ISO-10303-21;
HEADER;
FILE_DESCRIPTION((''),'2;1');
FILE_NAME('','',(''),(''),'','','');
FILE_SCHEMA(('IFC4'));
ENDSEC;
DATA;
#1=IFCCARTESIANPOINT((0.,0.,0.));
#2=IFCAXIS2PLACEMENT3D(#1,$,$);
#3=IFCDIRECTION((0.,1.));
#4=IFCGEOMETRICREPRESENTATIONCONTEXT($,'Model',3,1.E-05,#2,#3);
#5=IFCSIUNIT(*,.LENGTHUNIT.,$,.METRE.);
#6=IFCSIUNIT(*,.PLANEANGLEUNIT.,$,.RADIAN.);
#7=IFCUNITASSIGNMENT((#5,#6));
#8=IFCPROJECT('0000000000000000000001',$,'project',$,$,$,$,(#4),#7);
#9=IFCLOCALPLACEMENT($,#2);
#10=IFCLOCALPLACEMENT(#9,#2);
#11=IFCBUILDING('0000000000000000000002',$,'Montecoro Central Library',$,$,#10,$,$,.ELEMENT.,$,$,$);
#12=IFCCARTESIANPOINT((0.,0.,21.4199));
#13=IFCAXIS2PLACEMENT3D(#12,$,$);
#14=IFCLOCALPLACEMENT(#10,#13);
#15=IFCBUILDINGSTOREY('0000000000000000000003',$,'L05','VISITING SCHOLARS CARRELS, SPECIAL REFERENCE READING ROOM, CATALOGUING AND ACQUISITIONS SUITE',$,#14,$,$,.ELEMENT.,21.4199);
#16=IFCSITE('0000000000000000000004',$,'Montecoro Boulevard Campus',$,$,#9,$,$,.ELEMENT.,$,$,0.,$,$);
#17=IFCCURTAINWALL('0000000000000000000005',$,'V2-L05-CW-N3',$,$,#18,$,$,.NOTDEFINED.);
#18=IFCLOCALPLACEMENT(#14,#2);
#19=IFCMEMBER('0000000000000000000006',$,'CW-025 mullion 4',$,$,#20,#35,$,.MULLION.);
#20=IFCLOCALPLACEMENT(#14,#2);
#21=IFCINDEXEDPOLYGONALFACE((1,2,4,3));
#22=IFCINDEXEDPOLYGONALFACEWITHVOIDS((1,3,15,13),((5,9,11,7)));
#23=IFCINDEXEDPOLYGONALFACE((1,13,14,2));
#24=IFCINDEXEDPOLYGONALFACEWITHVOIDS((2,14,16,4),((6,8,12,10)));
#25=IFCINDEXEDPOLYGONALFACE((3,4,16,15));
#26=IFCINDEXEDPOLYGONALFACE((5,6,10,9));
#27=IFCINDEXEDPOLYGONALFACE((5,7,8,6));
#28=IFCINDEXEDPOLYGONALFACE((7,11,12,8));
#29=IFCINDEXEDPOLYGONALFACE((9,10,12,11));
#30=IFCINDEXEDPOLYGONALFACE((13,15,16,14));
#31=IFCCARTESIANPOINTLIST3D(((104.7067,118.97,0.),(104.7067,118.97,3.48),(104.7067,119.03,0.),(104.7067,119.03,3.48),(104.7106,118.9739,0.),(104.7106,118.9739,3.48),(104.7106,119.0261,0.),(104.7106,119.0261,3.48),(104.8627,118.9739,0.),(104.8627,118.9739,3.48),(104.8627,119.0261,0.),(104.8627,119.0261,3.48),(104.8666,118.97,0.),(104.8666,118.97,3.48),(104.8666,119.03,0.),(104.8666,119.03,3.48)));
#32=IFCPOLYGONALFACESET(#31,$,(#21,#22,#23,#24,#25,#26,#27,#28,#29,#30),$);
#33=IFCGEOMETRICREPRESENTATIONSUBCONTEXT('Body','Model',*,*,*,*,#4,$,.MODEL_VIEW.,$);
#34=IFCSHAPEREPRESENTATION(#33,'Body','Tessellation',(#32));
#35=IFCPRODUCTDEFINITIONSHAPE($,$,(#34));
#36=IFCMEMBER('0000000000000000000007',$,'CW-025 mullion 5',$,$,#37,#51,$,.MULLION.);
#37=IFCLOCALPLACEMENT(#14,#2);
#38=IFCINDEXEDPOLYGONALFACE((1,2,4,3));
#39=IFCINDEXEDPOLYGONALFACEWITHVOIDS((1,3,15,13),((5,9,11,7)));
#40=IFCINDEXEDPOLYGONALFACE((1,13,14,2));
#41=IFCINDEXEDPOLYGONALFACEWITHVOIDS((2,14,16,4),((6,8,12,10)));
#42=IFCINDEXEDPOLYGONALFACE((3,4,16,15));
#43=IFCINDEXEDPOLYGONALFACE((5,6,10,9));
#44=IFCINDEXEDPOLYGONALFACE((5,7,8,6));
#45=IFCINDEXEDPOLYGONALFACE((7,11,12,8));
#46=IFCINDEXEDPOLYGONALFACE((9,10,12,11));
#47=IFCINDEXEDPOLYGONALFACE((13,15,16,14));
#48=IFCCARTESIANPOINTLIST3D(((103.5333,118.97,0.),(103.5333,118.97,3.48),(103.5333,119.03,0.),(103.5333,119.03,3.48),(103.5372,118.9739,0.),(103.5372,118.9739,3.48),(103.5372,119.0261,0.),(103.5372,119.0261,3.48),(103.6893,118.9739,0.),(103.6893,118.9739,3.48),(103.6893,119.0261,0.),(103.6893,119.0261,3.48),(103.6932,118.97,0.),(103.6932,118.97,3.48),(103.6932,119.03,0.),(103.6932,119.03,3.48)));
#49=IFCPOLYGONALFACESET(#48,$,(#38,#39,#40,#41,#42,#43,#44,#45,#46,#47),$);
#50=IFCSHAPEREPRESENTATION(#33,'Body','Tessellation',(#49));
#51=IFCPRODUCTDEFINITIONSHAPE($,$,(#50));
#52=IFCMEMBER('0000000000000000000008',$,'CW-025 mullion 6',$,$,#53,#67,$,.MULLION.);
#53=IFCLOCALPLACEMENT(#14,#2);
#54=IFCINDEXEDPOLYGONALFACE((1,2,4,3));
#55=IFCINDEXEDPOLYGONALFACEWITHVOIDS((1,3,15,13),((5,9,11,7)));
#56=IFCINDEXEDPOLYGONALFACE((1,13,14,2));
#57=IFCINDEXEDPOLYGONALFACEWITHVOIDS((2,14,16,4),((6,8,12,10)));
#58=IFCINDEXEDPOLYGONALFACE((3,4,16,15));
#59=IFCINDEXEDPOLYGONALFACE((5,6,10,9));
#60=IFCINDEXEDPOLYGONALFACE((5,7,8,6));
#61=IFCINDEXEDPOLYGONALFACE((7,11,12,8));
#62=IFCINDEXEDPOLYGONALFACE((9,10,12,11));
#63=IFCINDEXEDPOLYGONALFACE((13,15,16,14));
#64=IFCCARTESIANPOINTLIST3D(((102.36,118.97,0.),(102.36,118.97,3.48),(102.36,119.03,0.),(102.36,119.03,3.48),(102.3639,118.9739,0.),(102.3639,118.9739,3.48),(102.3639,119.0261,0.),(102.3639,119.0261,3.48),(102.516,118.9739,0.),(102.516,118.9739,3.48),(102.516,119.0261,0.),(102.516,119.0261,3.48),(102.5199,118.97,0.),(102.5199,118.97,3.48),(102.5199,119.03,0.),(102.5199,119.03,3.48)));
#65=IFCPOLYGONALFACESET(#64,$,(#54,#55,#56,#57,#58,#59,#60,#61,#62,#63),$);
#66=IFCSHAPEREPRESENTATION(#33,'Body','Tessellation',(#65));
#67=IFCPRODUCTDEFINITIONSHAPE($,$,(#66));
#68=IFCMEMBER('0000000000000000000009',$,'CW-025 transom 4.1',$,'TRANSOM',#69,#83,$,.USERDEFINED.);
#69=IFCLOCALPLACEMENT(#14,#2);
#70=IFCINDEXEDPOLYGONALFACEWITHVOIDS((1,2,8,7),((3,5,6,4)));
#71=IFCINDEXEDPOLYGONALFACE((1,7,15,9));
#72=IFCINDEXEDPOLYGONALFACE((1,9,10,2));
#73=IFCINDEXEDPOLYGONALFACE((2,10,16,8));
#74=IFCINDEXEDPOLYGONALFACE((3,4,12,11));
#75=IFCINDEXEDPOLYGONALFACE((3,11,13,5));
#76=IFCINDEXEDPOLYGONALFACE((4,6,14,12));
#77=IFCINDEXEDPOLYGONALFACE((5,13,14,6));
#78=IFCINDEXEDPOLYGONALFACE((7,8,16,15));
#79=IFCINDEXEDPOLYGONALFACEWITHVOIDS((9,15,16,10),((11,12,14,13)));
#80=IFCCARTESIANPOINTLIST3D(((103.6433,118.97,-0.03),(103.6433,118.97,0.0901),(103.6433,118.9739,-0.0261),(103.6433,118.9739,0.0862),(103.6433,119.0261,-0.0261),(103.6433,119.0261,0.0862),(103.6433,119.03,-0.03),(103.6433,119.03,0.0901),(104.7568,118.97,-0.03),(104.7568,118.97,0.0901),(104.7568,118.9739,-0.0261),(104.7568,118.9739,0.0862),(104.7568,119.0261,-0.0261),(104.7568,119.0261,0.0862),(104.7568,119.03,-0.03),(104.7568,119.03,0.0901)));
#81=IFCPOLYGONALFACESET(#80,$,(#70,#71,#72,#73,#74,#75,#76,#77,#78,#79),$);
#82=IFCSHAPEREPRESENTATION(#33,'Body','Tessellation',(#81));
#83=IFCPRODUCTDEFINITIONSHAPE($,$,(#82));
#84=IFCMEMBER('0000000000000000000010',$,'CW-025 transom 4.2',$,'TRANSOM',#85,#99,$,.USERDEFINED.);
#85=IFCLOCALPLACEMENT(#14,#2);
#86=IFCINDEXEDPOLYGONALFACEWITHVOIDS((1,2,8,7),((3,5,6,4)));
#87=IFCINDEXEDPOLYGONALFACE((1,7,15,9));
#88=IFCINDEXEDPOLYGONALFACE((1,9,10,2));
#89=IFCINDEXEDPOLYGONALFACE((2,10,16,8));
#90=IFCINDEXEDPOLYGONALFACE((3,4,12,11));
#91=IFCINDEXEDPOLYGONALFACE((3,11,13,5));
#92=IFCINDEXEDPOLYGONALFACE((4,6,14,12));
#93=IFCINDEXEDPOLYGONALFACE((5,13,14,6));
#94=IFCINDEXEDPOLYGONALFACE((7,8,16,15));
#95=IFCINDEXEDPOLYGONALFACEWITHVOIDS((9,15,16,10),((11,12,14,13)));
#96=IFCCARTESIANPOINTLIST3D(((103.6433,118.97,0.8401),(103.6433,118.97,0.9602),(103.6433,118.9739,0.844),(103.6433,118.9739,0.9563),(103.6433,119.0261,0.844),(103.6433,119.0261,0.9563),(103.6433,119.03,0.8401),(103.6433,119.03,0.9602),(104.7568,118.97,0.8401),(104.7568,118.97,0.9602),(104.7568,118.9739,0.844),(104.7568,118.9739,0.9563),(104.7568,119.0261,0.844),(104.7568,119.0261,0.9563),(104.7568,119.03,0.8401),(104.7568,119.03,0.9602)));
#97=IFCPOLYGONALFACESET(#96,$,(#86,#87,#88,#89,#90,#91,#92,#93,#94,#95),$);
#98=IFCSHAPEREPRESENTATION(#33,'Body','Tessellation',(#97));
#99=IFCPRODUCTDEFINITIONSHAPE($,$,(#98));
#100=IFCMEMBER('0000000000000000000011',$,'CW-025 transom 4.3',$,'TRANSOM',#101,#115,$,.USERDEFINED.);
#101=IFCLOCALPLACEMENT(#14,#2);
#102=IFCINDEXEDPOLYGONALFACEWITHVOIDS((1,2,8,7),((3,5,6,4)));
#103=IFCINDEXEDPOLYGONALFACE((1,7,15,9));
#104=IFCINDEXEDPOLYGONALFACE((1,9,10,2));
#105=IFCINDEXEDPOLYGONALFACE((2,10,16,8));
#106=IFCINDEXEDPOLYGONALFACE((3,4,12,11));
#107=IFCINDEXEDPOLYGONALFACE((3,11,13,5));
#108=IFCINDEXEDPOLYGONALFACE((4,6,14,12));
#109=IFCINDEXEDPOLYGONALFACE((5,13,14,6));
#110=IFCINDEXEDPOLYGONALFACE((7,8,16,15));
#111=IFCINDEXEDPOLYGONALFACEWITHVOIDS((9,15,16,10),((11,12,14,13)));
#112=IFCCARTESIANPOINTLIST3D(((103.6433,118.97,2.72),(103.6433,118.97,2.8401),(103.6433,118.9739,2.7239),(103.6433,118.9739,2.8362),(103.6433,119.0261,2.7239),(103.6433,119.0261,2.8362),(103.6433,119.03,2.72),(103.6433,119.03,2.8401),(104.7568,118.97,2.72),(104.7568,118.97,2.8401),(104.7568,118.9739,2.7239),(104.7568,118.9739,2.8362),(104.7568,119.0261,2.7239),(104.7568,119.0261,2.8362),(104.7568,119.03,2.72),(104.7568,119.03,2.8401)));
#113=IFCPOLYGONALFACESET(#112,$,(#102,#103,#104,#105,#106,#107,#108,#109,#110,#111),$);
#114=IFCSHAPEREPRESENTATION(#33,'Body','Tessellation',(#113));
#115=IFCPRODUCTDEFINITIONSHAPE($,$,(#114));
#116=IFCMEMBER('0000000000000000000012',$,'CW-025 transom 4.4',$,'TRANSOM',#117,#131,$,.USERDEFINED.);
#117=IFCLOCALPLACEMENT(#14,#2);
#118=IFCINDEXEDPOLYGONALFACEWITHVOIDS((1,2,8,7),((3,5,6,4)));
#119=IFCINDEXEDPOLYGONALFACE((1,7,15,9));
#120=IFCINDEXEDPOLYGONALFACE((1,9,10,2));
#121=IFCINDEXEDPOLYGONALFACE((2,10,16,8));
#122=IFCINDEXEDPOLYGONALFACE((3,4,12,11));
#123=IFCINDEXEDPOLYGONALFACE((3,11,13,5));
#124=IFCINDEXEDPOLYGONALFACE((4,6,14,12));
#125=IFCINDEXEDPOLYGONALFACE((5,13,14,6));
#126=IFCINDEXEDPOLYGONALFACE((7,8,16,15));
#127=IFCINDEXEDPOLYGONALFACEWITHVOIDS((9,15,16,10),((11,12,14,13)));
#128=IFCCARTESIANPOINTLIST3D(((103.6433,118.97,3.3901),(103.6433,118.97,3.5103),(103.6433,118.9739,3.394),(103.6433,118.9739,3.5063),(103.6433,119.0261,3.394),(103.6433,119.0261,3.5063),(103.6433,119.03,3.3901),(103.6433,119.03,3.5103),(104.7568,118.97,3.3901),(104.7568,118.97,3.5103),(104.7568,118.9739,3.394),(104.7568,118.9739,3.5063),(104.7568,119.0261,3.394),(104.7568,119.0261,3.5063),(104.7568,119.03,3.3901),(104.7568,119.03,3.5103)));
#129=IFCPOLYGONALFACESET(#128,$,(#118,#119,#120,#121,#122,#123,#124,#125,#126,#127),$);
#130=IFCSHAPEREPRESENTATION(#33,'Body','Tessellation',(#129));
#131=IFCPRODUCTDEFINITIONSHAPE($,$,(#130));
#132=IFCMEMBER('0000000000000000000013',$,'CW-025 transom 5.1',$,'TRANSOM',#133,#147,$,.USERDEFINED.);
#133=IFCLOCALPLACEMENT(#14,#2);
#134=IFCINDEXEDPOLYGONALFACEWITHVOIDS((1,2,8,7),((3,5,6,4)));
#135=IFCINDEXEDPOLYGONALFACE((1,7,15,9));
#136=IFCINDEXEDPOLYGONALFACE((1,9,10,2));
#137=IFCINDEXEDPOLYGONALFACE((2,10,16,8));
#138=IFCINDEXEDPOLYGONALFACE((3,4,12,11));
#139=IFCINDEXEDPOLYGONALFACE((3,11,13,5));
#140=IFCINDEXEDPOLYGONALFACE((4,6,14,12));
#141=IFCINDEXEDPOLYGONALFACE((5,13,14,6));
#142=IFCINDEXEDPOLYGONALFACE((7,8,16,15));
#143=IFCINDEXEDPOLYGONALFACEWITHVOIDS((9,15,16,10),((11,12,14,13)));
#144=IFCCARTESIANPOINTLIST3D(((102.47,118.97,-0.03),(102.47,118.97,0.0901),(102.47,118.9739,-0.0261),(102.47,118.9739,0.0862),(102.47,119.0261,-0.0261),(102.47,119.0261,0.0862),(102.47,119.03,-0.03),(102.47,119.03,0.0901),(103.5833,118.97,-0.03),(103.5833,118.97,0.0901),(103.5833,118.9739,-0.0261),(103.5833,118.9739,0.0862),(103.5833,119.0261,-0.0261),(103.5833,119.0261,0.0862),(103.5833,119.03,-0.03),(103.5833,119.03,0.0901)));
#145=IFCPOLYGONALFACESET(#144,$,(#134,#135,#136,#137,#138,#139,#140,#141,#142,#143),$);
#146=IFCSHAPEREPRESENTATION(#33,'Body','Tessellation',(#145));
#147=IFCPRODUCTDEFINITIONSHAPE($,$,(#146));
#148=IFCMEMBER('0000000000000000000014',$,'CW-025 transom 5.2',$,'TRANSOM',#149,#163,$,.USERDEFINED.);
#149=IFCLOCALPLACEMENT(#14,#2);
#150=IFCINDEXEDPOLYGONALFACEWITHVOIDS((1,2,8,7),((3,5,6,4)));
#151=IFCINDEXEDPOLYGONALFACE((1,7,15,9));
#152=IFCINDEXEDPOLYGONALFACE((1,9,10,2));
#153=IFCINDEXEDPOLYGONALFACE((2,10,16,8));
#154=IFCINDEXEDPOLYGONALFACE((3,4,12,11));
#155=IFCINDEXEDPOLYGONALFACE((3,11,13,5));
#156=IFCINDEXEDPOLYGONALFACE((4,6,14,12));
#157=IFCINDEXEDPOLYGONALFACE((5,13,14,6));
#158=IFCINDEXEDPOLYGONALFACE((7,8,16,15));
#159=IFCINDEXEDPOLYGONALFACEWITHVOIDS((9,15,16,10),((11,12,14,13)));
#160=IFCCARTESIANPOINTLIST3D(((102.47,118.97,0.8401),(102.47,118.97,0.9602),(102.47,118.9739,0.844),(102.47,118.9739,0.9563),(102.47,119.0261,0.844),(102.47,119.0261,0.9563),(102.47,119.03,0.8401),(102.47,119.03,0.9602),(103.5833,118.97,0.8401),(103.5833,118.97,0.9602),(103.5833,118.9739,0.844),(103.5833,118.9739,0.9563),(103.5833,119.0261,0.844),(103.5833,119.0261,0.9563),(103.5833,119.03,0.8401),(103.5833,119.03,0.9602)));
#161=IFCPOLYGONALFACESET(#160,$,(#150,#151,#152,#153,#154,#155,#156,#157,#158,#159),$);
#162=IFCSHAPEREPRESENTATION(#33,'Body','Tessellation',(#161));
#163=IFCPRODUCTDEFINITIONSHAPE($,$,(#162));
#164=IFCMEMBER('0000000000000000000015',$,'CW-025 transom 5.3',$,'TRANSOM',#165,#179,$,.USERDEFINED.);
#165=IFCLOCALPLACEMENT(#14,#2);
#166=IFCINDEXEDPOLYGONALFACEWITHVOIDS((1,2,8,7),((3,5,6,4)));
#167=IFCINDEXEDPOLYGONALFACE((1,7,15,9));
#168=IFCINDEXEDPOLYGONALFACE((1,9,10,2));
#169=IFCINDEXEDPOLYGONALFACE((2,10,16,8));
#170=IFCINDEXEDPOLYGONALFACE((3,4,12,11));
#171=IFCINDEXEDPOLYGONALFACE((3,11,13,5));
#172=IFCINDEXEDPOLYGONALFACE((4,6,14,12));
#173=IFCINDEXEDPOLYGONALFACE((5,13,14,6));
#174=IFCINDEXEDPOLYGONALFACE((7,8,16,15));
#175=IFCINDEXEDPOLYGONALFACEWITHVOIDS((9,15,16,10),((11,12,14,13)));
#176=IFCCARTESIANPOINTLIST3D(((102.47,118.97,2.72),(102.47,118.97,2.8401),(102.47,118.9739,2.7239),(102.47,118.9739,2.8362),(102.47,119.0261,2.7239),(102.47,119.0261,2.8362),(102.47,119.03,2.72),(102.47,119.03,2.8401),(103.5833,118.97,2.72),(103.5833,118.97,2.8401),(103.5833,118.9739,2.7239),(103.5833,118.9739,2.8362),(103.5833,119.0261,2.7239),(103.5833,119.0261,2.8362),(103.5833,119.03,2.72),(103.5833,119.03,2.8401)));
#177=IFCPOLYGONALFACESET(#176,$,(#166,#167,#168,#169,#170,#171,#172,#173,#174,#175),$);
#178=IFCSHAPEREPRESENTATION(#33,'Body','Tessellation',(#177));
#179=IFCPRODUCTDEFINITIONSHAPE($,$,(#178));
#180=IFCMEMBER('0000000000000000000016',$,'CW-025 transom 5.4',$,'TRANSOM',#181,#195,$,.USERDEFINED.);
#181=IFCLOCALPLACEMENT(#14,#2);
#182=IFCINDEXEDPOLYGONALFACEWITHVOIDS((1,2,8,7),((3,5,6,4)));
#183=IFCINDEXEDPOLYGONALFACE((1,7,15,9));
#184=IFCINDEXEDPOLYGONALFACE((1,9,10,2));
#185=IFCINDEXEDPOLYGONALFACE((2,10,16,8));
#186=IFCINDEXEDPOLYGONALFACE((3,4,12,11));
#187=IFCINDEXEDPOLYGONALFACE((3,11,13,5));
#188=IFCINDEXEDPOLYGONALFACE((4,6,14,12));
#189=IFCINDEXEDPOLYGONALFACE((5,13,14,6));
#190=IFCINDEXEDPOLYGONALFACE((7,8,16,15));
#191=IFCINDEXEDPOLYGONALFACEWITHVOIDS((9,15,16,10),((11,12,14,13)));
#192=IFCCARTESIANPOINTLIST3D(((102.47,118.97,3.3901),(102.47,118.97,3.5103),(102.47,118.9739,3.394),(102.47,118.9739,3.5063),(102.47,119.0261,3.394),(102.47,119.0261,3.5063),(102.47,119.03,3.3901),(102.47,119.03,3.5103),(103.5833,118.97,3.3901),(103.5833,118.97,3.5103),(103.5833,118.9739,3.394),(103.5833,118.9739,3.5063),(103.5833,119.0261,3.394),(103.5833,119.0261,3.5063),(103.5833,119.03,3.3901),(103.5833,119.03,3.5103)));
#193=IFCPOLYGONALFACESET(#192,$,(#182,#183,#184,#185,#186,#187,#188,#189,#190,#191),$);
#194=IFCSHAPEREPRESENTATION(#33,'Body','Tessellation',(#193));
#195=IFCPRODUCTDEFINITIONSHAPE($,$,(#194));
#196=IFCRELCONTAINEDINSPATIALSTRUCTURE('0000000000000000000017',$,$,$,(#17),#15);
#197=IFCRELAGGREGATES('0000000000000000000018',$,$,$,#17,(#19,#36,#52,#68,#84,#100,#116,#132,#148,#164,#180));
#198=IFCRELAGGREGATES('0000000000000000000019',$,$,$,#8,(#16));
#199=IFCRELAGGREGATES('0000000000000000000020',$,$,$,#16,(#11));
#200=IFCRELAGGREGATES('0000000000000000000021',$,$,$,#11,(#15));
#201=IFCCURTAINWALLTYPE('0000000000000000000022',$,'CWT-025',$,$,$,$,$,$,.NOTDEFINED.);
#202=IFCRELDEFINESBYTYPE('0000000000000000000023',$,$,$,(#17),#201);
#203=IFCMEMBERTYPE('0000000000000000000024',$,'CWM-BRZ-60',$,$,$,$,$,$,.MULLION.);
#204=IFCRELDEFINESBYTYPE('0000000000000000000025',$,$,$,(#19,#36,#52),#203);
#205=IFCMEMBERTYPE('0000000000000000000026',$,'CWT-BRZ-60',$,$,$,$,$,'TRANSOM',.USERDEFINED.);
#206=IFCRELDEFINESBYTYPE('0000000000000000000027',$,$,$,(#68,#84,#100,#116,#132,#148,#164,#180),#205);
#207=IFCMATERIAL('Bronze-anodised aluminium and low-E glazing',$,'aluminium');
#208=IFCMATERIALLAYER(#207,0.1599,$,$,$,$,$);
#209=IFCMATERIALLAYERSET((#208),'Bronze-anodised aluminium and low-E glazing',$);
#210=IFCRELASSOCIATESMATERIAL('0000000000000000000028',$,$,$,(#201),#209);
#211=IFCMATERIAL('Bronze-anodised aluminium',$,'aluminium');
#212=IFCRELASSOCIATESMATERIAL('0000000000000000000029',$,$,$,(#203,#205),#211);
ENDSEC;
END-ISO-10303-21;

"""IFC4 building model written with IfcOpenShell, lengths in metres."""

from ifc_helpers import new_model, si_unit, direction, frame, origin, origin_2d, place, context, subcontext, project, spatial, hollow_rectangle, extrude, material, layer, layer_set, material_profile, profile_set, type_object, element, aggregate, save


model = new_model("IFC4")

# Units and contexts
model_context = context("Model", 3, precision=1e-05, world=origin(), true_north=direction((0.0, 1.0)))
body_context = subcontext(model_context, "Body", "Model", "MODEL_VIEW")
ifc_project = project(units=[si_unit("LENGTHUNIT", "METRE"), si_unit("PLANEANGLEUNIT", "RADIAN")], contexts=[model_context])

# Site, building, storey
site_placement = place(None, origin())
site = spatial("IfcSite", under=ifc_project, at=site_placement, Name="Montecoro Boulevard Campus", CompositionType="ELEMENT", RefElevation=0.0)
building_placement = place(site_placement, origin())
building = spatial("IfcBuilding", under=site, at=building_placement, Name="Montecoro Central Library", CompositionType="ELEMENT")
storey_placement = place(building_placement, frame((0.0, 0.0, 21.4199)))
storey = spatial("IfcBuildingStorey", under=building, at=storey_placement, Name="L05", Description="VISITING SCHOLARS CARRELS, SPECIAL REFERENCE READING ROOM, CATALOGUING AND ACQUISITIONS SUITE", CompositionType="ELEMENT", Elevation=21.4199)

# Curtain wall, members
ifc_material_1 = material(Name="Bronze-anodised aluminium and low-E glazing", Category="aluminium")
ifc_layer_1 = layer(ifc_material_1, 0.1599)
ifc_layer_set_1 = layer_set([ifc_layer_1], Name="Bronze-anodised aluminium and low-E glazing")
curtain_wall_type = type_object("IfcCurtainWallType", Name="CWT-025", PredefinedType="NOTDEFINED", material=ifc_layer_set_1)
curtain_wall_placement = place(storey_placement, origin())
curtain_wall = element("IfcCurtainWall", 1, at=curtain_wall_placement, inside=storey, type_object=curtain_wall_type, Name="V2-L05-CW-N3", PredefinedType="NOTDEFINED")
ifc_material_2 = material(Name="Bronze-anodised aluminium", Category="aluminium")
ifc_material_profile_1 = material_profile(ifc_material_2, hollow_rectangle(XDim=0.0601, YDim=0.1599, WallThickness=0.0039, at=origin_2d()), Name="CWM 160x60x4.0")
ifc_profile_set_1 = profile_set([ifc_material_profile_1], Name="Bronze-anodised aluminium")
member_type_1 = type_object("IfcMemberType", Name="CWM-BRZ-60", PredefinedType="MULLION", material=ifc_profile_set_1)
member_1_placement = place(storey_placement, frame((104.7866, 119.0, 0.0), z_axis=(0.0, 0.0, 1.0), x_axis=(0.0, -1.0, 0.0)))
member_1 = element("IfcMember", 2, at=member_1_placement, type_object=member_type_1, Name="CW-025 mullion 4", PredefinedType="MULLION", context=body_context, shape_type="SweptSolid", body=[
    extrude(hollow_rectangle(XDim=0.0601, YDim=0.1599, WallThickness=0.0039, at=origin_2d()), origin(), (0.0, 0.0, 1.0), 3.48),
])
member_2_placement = place(storey_placement, frame((103.6133, 119.0, 0.0), z_axis=(0.0, 0.0, 1.0), x_axis=(0.0, -1.0, 0.0)))
member_2 = element("IfcMember", 3, at=member_2_placement, type_object=member_type_1, Name="CW-025 mullion 5", PredefinedType="MULLION", context=body_context, shape_type="SweptSolid", body=[
    extrude(hollow_rectangle(XDim=0.0601, YDim=0.1599, WallThickness=0.0039, at=origin_2d()), origin(), (0.0, 0.0, 1.0), 3.48),
])
member_3_placement = place(storey_placement, frame((102.4399, 119.0, 0.0), z_axis=(0.0, 0.0, 1.0), x_axis=(0.0, -1.0, 0.0)))
member_3 = element("IfcMember", 4, at=member_3_placement, type_object=member_type_1, Name="CW-025 mullion 6", PredefinedType="MULLION", context=body_context, shape_type="SweptSolid", body=[
    extrude(hollow_rectangle(XDim=0.0601, YDim=0.1599, WallThickness=0.0039, at=origin_2d()), origin(), (0.0, 0.0, 1.0), 3.48),
])
ifc_material_profile_2 = material_profile(ifc_material_2, hollow_rectangle(XDim=0.0601, YDim=0.1201, WallThickness=0.0039, at=origin_2d()), Name="CWT 120x60x4.0")
ifc_profile_set_2 = profile_set([ifc_material_profile_2], Name="Bronze-anodised aluminium")
member_type_2 = type_object("IfcMemberType", Name="CWT-BRZ-60", ElementType="TRANSOM", PredefinedType="USERDEFINED", material=ifc_profile_set_2)
member_4_placement = place(storey_placement, frame((104.7568, 119.0, 0.03), z_axis=(-1.0, 0.0, 0.0), x_axis=(0.0, -1.0, 0.0)))
member_4 = element("IfcMember", 5, at=member_4_placement, type_object=member_type_2, Name="CW-025 transom 4.1", ObjectType="TRANSOM", PredefinedType="USERDEFINED", context=body_context, shape_type="SweptSolid", body=[
    extrude(hollow_rectangle(XDim=0.0601, YDim=0.1201, WallThickness=0.0039, at=origin_2d()), origin(), (0.0, 0.0, 1.0), 1.1135),
])
member_5_placement = place(storey_placement, frame((104.7568, 119.0, 0.9001), z_axis=(-1.0, 0.0, 0.0), x_axis=(0.0, -1.0, 0.0)))
member_5 = element("IfcMember", 6, at=member_5_placement, type_object=member_type_2, Name="CW-025 transom 4.2", ObjectType="TRANSOM", PredefinedType="USERDEFINED", context=body_context, shape_type="SweptSolid", body=[
    extrude(hollow_rectangle(XDim=0.0601, YDim=0.1201, WallThickness=0.0039, at=origin_2d()), origin(), (0.0, 0.0, 1.0), 1.1135),
])
member_6_placement = place(storey_placement, frame((104.7568, 119.0, 2.78), z_axis=(-1.0, 0.0, 0.0), x_axis=(0.0, -1.0, 0.0)))
member_6 = element("IfcMember", 7, at=member_6_placement, type_object=member_type_2, Name="CW-025 transom 4.3", ObjectType="TRANSOM", PredefinedType="USERDEFINED", context=body_context, shape_type="SweptSolid", body=[
    extrude(hollow_rectangle(XDim=0.0601, YDim=0.1201, WallThickness=0.0039, at=origin_2d()), origin(), (0.0, 0.0, 1.0), 1.1135),
])
member_7_placement = place(storey_placement, frame((104.7568, 119.0, 3.4502), z_axis=(-1.0, 0.0, 0.0), x_axis=(0.0, -1.0, 0.0)))
member_7 = element("IfcMember", 8, at=member_7_placement, type_object=member_type_2, Name="CW-025 transom 4.4", ObjectType="TRANSOM", PredefinedType="USERDEFINED", context=body_context, shape_type="SweptSolid", body=[
    extrude(hollow_rectangle(XDim=0.0601, YDim=0.1201, WallThickness=0.0039, at=origin_2d()), origin(), (0.0, 0.0, 1.0), 1.1135),
])
member_8_placement = place(storey_placement, frame((103.5833, 119.0, 0.03), z_axis=(-1.0, 0.0, 0.0), x_axis=(0.0, -1.0, 0.0)))
member_8 = element("IfcMember", 9, at=member_8_placement, type_object=member_type_2, Name="CW-025 transom 5.1", ObjectType="TRANSOM", PredefinedType="USERDEFINED", context=body_context, shape_type="SweptSolid", body=[
    extrude(hollow_rectangle(XDim=0.0601, YDim=0.1201, WallThickness=0.0039, at=origin_2d()), origin(), (0.0, 0.0, 1.0), 1.1133),
])
member_9_placement = place(storey_placement, frame((103.5833, 119.0, 0.9001), z_axis=(-1.0, 0.0, 0.0), x_axis=(0.0, -1.0, 0.0)))
member_9 = element("IfcMember", 10, at=member_9_placement, type_object=member_type_2, Name="CW-025 transom 5.2", ObjectType="TRANSOM", PredefinedType="USERDEFINED", context=body_context, shape_type="SweptSolid", body=[
    extrude(hollow_rectangle(XDim=0.0601, YDim=0.1201, WallThickness=0.0039, at=origin_2d()), origin(), (0.0, 0.0, 1.0), 1.1133),
])
member_10_placement = place(storey_placement, frame((103.5833, 119.0, 2.78), z_axis=(-1.0, 0.0, 0.0), x_axis=(0.0, -1.0, 0.0)))
member_10 = element("IfcMember", 11, at=member_10_placement, type_object=member_type_2, Name="CW-025 transom 5.3", ObjectType="TRANSOM", PredefinedType="USERDEFINED", context=body_context, shape_type="SweptSolid", body=[
    extrude(hollow_rectangle(XDim=0.0601, YDim=0.1201, WallThickness=0.0039, at=origin_2d()), origin(), (0.0, 0.0, 1.0), 1.1133),
])
member_11_placement = place(storey_placement, frame((103.5833, 119.0, 3.4502), z_axis=(-1.0, 0.0, 0.0), x_axis=(0.0, -1.0, 0.0)))
member_11 = element("IfcMember", 12, at=member_11_placement, type_object=member_type_2, Name="CW-025 transom 5.4", ObjectType="TRANSOM", PredefinedType="USERDEFINED", context=body_context, shape_type="SweptSolid", body=[
    extrude(hollow_rectangle(XDim=0.0601, YDim=0.1201, WallThickness=0.0039, at=origin_2d()), origin(), (0.0, 0.0, 1.0), 1.1133),
])
aggregate(curtain_wall, [member_1, member_2, member_3, member_4, member_5, member_6, member_7, member_8, member_9, member_10, member_11])

save(model, "model.ifc")
